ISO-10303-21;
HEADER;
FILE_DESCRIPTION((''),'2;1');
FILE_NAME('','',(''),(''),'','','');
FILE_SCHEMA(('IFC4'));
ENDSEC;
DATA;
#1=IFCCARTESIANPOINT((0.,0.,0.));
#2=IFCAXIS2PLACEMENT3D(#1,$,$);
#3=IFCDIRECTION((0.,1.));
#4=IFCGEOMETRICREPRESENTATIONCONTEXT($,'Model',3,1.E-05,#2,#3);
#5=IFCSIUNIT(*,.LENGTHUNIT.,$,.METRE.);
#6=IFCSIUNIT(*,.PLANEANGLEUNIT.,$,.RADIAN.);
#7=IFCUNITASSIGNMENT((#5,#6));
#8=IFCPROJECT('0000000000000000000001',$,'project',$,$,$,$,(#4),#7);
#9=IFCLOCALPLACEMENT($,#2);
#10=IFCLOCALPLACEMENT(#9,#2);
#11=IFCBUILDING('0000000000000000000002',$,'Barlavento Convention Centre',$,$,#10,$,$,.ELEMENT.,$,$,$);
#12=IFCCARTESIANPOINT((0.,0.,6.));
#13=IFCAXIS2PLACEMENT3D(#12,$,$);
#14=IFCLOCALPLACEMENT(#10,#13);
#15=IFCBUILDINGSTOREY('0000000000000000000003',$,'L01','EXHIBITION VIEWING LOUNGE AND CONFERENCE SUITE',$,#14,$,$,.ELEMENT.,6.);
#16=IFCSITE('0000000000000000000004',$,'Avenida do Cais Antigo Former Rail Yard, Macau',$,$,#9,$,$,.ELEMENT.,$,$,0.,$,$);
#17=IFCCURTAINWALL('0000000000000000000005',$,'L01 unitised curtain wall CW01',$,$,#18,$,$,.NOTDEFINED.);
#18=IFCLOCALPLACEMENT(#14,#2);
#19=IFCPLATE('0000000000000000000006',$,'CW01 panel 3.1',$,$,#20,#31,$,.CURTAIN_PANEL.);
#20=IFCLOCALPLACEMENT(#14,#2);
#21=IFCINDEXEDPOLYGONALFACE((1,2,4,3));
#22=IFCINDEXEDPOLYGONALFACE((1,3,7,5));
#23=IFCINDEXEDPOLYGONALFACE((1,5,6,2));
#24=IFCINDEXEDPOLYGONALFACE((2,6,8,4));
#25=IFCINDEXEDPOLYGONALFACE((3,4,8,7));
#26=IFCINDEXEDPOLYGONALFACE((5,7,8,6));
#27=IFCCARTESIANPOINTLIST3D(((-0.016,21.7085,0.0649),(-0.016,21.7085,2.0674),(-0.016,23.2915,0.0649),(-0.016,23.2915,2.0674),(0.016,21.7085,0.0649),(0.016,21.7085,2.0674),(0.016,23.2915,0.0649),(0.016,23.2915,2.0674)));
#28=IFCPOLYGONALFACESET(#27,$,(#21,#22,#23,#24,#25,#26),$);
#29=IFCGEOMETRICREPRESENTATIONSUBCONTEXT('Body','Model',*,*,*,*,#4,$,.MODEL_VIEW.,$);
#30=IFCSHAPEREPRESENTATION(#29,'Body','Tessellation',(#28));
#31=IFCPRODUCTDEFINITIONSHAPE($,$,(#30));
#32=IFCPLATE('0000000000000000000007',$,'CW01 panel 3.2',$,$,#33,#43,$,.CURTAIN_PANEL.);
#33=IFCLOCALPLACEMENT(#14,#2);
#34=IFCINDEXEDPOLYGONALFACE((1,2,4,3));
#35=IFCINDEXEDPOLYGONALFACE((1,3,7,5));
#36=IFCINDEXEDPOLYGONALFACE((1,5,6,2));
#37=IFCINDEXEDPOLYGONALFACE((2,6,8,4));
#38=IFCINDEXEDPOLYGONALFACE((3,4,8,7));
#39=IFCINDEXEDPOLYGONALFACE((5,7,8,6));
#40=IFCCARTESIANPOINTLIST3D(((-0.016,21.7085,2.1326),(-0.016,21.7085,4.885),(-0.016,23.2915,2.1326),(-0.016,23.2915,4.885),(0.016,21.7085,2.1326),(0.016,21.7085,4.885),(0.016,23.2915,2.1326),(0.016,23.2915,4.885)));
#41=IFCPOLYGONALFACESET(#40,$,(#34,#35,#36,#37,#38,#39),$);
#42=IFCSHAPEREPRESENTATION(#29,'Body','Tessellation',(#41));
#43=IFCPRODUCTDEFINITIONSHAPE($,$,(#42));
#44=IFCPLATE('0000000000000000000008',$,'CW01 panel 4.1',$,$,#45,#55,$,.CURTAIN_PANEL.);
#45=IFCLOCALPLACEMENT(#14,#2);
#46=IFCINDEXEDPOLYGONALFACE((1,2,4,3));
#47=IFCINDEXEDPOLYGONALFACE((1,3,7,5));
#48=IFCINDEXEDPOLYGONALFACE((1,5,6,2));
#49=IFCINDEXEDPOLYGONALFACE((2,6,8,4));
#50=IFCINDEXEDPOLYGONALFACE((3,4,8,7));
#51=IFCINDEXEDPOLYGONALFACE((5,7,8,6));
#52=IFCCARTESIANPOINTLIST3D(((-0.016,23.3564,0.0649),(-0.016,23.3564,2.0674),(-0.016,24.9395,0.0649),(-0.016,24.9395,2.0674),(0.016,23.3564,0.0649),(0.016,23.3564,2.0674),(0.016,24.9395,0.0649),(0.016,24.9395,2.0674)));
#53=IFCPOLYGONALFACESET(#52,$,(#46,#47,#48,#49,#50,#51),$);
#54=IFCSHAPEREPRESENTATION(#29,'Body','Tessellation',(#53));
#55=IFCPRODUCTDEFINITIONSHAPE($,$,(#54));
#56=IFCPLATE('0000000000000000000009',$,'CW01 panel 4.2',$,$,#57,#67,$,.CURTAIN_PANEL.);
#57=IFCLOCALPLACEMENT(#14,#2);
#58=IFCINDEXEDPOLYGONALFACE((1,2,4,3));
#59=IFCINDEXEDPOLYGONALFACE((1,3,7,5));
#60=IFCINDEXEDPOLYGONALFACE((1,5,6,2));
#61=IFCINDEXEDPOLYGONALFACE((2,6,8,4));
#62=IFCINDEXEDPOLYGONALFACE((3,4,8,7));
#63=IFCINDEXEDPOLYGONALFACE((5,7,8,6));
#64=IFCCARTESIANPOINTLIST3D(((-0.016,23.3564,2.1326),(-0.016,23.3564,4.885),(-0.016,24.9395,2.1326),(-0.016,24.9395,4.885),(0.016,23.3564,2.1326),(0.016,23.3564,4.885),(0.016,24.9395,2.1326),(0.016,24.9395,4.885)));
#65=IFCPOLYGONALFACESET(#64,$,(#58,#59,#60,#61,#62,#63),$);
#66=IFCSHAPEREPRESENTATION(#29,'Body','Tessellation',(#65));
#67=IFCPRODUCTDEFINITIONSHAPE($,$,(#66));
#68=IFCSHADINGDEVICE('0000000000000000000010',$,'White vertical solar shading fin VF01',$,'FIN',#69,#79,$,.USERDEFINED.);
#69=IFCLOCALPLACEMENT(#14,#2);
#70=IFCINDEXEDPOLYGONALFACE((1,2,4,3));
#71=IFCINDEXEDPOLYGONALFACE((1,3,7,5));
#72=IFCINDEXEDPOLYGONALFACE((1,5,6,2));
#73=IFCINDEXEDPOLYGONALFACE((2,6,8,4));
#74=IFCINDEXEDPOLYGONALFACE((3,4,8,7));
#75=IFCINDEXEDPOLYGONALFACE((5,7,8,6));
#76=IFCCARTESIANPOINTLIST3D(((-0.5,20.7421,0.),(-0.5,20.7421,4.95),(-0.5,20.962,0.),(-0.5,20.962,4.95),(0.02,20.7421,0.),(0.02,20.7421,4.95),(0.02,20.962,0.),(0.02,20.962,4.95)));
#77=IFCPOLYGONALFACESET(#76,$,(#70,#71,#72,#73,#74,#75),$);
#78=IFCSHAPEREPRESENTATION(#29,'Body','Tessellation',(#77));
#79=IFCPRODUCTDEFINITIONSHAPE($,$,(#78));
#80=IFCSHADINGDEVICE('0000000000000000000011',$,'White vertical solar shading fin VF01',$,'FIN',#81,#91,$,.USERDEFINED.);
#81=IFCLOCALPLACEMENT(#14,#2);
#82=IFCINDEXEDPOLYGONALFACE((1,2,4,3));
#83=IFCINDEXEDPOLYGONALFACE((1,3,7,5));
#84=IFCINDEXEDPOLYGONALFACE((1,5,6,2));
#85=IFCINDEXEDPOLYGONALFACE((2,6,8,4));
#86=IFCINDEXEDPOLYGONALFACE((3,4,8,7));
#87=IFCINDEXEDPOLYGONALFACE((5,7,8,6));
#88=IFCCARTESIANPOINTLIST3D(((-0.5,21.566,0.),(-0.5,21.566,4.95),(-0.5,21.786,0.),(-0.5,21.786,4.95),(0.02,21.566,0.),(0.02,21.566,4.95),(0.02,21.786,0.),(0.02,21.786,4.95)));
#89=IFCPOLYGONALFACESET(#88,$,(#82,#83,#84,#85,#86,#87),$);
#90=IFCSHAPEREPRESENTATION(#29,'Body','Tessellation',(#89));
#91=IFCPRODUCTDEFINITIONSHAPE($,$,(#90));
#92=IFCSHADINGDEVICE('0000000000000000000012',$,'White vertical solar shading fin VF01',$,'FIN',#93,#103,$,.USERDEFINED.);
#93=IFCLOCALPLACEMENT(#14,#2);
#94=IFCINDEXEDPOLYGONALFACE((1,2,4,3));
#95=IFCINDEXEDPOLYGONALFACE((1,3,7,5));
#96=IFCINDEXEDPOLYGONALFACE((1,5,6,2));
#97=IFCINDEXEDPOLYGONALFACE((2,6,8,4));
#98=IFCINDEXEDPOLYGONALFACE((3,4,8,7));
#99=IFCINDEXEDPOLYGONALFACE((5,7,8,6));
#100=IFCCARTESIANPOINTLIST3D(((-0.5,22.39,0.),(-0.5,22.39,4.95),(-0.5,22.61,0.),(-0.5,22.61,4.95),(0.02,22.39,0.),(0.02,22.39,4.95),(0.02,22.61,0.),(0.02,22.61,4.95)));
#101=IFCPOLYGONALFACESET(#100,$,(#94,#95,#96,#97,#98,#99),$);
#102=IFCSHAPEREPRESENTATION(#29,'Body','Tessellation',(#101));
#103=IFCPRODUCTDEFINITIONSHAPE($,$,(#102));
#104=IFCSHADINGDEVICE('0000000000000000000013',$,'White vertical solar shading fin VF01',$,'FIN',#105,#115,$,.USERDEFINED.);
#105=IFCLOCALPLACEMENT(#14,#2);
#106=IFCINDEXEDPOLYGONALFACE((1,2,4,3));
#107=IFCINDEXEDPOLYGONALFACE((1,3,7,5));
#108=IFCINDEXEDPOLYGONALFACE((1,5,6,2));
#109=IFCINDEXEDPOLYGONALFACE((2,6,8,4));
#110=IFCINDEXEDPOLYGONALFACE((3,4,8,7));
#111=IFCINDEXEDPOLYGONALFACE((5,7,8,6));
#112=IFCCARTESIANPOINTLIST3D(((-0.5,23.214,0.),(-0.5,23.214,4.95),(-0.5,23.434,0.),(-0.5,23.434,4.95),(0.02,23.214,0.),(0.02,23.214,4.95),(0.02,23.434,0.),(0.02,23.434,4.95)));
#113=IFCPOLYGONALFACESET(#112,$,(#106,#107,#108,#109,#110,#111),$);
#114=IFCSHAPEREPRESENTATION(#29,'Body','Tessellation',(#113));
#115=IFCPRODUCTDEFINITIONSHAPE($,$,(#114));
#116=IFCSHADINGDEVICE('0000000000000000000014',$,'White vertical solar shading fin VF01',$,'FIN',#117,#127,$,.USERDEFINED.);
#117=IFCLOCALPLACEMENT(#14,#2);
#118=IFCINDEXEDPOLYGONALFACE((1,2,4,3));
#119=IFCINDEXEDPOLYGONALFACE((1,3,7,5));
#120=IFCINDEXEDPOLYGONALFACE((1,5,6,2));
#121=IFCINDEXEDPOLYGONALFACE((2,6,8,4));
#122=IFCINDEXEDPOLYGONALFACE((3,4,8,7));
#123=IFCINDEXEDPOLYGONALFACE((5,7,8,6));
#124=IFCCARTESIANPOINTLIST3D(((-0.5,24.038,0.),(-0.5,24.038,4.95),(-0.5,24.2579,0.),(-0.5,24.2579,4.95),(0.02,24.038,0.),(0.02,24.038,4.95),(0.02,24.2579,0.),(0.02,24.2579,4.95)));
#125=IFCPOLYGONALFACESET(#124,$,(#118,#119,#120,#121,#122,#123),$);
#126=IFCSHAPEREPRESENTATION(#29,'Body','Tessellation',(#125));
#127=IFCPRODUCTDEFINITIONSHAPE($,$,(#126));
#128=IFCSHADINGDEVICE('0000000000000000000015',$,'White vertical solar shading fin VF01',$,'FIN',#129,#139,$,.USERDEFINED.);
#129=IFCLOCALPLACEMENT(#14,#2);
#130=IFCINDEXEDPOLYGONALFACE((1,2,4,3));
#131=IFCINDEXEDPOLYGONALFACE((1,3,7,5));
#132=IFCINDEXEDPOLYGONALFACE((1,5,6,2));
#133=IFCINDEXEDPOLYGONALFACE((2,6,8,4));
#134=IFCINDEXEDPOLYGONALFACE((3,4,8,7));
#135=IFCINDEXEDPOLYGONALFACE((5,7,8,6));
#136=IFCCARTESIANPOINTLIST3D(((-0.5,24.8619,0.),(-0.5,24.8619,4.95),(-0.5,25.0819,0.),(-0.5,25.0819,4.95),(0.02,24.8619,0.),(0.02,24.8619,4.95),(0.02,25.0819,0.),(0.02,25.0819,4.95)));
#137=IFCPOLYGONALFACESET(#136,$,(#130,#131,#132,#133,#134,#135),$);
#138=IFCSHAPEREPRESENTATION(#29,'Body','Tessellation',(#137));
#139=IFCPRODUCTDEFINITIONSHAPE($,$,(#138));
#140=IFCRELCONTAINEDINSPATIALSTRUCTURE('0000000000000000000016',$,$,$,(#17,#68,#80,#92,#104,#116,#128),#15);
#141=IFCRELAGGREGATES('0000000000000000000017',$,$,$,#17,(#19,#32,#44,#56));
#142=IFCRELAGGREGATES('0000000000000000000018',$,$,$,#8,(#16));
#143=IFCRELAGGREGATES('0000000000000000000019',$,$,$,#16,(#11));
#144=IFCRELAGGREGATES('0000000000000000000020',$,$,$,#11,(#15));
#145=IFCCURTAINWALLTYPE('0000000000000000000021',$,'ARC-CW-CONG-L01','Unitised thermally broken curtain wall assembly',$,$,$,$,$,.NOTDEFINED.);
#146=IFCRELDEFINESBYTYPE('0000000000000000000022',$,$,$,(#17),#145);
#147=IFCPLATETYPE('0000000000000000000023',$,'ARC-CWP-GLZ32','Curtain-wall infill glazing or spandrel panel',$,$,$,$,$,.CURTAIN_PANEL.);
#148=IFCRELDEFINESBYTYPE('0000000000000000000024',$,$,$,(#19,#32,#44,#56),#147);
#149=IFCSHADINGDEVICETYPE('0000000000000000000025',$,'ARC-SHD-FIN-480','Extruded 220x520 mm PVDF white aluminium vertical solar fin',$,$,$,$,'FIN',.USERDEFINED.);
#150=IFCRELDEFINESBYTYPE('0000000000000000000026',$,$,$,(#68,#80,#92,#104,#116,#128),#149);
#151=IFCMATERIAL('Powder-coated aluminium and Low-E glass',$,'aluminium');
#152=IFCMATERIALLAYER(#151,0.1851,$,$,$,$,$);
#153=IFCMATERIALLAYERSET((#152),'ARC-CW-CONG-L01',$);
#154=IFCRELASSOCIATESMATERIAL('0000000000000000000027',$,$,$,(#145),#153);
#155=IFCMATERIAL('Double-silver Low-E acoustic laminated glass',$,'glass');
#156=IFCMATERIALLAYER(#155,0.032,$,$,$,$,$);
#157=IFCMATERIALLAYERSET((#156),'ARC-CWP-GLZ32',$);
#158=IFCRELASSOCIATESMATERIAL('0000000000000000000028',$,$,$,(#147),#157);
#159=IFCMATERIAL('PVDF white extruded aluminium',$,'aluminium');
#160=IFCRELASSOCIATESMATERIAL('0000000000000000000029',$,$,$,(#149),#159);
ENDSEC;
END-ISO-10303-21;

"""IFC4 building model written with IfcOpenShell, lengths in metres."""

from ifc_helpers import new_model, si_unit, direction, frame, origin, origin_2d, place, context, subcontext, project, spatial, rectangle, extrude, material, layer, layer_set, type_object, element, aggregate, save


model = new_model("IFC4")

# Units and contexts
model_context = context("Model", 3, precision=1e-05, world=origin(), true_north=direction((0.0, 1.0)))
body_context = subcontext(model_context, "Body", "Model", "MODEL_VIEW")
ifc_project = project(units=[si_unit("LENGTHUNIT", "METRE"), si_unit("PLANEANGLEUNIT", "RADIAN")], contexts=[model_context])

# Site, building, storey
site_placement = place(None, origin())
site = spatial("IfcSite", under=ifc_project, at=site_placement, Name="Avenida do Cais Antigo Former Rail Yard, Macau", CompositionType="ELEMENT", RefElevation=0.0)
building_placement = place(site_placement, origin())
building = spatial("IfcBuilding", under=site, at=building_placement, Name="Barlavento Convention Centre", CompositionType="ELEMENT")
storey_placement = place(building_placement, frame((0.0, 0.0, 6.0)))
storey = spatial("IfcBuildingStorey", under=building, at=storey_placement, Name="L01", Description="EXHIBITION VIEWING LOUNGE AND CONFERENCE SUITE", CompositionType="ELEMENT", Elevation=6.0)

# Curtain wall, plates
ifc_material_1 = material(Name="Powder-coated aluminium and Low-E glass", Category="aluminium")
ifc_layer_1 = layer(ifc_material_1, 0.1851)
ifc_layer_set_1 = layer_set([ifc_layer_1], Name="ARC-CW-CONG-L01")
curtain_wall_type = type_object("IfcCurtainWallType", Name="ARC-CW-CONG-L01", Description="Unitised thermally broken curtain wall assembly", PredefinedType="NOTDEFINED", material=ifc_layer_set_1)
curtain_wall_placement = place(storey_placement, origin())
curtain_wall = element("IfcCurtainWall", 1, at=curtain_wall_placement, inside=storey, type_object=curtain_wall_type, Name="L01 unitised curtain wall CW01", PredefinedType="NOTDEFINED")
ifc_material_2 = material(Name="Double-silver Low-E acoustic laminated glass", Category="glass")
ifc_layer_2 = layer(ifc_material_2, 0.032)
ifc_layer_set_2 = layer_set([ifc_layer_2], Name="ARC-CWP-GLZ32")
plate_type = type_object("IfcPlateType", Name="ARC-CWP-GLZ32", Description="Curtain-wall infill glazing or spandrel panel", PredefinedType="CURTAIN_PANEL", material=ifc_layer_set_2)
plate_1_placement = place(storey_placement, frame((0.0, 22.5, 0.0649), z_axis=(0.0, 0.0, 1.0), x_axis=(0.0, 1.0, 0.0)))
plate_1 = element("IfcPlate", 2, at=plate_1_placement, type_object=plate_type, Name="CW01 panel 3.1", PredefinedType="CURTAIN_PANEL", context=body_context, shape_type="SweptSolid", body=[
    extrude(rectangle(XDim=1.583, YDim=0.032, at=origin_2d()), origin(), (0.0, 0.0, 1.0), 2.0024),
])
plate_2_placement = place(storey_placement, frame((0.0, 22.5, 2.1326), z_axis=(0.0, 0.0, 1.0), x_axis=(0.0, 1.0, 0.0)))
plate_2 = element("IfcPlate", 3, at=plate_2_placement, type_object=plate_type, Name="CW01 panel 3.2", PredefinedType="CURTAIN_PANEL", context=body_context, shape_type="SweptSolid", body=[
    extrude(rectangle(XDim=1.583, YDim=0.032, at=origin_2d()), origin(), (0.0, 0.0, 1.0), 2.7524),
])
plate_3_placement = place(storey_placement, frame((0.0, 24.1479, 0.0649), z_axis=(0.0, 0.0, 1.0), x_axis=(0.0, 1.0, 0.0)))
plate_3 = element("IfcPlate", 4, at=plate_3_placement, type_object=plate_type, Name="CW01 panel 4.1", PredefinedType="CURTAIN_PANEL", context=body_context, shape_type="SweptSolid", body=[
    extrude(rectangle(XDim=1.583, YDim=0.032, at=origin_2d()), origin(), (0.0, 0.0, 1.0), 2.0024),
])
plate_4_placement = place(storey_placement, frame((0.0, 24.1479, 2.1326), z_axis=(0.0, 0.0, 1.0), x_axis=(0.0, 1.0, 0.0)))
plate_4 = element("IfcPlate", 5, at=plate_4_placement, type_object=plate_type, Name="CW01 panel 4.2", PredefinedType="CURTAIN_PANEL", context=body_context, shape_type="SweptSolid", body=[
    extrude(rectangle(XDim=1.583, YDim=0.032, at=origin_2d()), origin(), (0.0, 0.0, 1.0), 2.7524),
])
aggregate(curtain_wall, [plate_1, plate_2, plate_3, plate_4])

# Shading devices
ifc_material_3 = material(Name="PVDF white extruded aluminium", Category="aluminium")
shading_device_type = type_object("IfcShadingDeviceType", Name="ARC-SHD-FIN-480", Description="Extruded 220x520 mm PVDF white aluminium vertical solar fin", ElementType="FIN", PredefinedType="USERDEFINED", material=ifc_material_3)
for number, where, z_axis, x_axis, name in (
    (6, (-0.24, 20.8521, 0.0), (0.0, 0.0, 1.0), (0.0, 1.0, 0.0), "White vertical solar shading fin VF01"),
    (7, (-0.24, 21.676, 0.0), (0.0, 0.0, 1.0), (0.0, 1.0, 0.0), "White vertical solar shading fin VF01"),
    (8, (-0.24, 22.5, 0.0), (0.0, 0.0, 1.0), (0.0, 1.0, 0.0), "White vertical solar shading fin VF01"),
    (9, (-0.24, 23.324, 0.0), (0.0, 0.0, 1.0), (0.0, 1.0, 0.0), "White vertical solar shading fin VF01"),
    (10, (-0.24, 24.1479, 0.0), (0.0, 0.0, 1.0), (0.0, 1.0, 0.0), "White vertical solar shading fin VF01"),
    (11, (-0.24, 24.9719, 0.0), (0.0, 0.0, 1.0), (0.0, 1.0, 0.0), "White vertical solar shading fin VF01"),
):
    element("IfcShadingDevice", number, at=place(storey_placement, frame(where, z_axis=z_axis, x_axis=x_axis)), inside=storey, type_object=shading_device_type, Name=name, ObjectType="FIN", PredefinedType="USERDEFINED", context=body_context, shape_type="SweptSolid", body=[
        extrude(rectangle(XDim=0.22, YDim=0.52, at=origin_2d()), origin(), (0.0, 0.0, 1.0), 4.95),
    ])

save(model, "model.ifc")
